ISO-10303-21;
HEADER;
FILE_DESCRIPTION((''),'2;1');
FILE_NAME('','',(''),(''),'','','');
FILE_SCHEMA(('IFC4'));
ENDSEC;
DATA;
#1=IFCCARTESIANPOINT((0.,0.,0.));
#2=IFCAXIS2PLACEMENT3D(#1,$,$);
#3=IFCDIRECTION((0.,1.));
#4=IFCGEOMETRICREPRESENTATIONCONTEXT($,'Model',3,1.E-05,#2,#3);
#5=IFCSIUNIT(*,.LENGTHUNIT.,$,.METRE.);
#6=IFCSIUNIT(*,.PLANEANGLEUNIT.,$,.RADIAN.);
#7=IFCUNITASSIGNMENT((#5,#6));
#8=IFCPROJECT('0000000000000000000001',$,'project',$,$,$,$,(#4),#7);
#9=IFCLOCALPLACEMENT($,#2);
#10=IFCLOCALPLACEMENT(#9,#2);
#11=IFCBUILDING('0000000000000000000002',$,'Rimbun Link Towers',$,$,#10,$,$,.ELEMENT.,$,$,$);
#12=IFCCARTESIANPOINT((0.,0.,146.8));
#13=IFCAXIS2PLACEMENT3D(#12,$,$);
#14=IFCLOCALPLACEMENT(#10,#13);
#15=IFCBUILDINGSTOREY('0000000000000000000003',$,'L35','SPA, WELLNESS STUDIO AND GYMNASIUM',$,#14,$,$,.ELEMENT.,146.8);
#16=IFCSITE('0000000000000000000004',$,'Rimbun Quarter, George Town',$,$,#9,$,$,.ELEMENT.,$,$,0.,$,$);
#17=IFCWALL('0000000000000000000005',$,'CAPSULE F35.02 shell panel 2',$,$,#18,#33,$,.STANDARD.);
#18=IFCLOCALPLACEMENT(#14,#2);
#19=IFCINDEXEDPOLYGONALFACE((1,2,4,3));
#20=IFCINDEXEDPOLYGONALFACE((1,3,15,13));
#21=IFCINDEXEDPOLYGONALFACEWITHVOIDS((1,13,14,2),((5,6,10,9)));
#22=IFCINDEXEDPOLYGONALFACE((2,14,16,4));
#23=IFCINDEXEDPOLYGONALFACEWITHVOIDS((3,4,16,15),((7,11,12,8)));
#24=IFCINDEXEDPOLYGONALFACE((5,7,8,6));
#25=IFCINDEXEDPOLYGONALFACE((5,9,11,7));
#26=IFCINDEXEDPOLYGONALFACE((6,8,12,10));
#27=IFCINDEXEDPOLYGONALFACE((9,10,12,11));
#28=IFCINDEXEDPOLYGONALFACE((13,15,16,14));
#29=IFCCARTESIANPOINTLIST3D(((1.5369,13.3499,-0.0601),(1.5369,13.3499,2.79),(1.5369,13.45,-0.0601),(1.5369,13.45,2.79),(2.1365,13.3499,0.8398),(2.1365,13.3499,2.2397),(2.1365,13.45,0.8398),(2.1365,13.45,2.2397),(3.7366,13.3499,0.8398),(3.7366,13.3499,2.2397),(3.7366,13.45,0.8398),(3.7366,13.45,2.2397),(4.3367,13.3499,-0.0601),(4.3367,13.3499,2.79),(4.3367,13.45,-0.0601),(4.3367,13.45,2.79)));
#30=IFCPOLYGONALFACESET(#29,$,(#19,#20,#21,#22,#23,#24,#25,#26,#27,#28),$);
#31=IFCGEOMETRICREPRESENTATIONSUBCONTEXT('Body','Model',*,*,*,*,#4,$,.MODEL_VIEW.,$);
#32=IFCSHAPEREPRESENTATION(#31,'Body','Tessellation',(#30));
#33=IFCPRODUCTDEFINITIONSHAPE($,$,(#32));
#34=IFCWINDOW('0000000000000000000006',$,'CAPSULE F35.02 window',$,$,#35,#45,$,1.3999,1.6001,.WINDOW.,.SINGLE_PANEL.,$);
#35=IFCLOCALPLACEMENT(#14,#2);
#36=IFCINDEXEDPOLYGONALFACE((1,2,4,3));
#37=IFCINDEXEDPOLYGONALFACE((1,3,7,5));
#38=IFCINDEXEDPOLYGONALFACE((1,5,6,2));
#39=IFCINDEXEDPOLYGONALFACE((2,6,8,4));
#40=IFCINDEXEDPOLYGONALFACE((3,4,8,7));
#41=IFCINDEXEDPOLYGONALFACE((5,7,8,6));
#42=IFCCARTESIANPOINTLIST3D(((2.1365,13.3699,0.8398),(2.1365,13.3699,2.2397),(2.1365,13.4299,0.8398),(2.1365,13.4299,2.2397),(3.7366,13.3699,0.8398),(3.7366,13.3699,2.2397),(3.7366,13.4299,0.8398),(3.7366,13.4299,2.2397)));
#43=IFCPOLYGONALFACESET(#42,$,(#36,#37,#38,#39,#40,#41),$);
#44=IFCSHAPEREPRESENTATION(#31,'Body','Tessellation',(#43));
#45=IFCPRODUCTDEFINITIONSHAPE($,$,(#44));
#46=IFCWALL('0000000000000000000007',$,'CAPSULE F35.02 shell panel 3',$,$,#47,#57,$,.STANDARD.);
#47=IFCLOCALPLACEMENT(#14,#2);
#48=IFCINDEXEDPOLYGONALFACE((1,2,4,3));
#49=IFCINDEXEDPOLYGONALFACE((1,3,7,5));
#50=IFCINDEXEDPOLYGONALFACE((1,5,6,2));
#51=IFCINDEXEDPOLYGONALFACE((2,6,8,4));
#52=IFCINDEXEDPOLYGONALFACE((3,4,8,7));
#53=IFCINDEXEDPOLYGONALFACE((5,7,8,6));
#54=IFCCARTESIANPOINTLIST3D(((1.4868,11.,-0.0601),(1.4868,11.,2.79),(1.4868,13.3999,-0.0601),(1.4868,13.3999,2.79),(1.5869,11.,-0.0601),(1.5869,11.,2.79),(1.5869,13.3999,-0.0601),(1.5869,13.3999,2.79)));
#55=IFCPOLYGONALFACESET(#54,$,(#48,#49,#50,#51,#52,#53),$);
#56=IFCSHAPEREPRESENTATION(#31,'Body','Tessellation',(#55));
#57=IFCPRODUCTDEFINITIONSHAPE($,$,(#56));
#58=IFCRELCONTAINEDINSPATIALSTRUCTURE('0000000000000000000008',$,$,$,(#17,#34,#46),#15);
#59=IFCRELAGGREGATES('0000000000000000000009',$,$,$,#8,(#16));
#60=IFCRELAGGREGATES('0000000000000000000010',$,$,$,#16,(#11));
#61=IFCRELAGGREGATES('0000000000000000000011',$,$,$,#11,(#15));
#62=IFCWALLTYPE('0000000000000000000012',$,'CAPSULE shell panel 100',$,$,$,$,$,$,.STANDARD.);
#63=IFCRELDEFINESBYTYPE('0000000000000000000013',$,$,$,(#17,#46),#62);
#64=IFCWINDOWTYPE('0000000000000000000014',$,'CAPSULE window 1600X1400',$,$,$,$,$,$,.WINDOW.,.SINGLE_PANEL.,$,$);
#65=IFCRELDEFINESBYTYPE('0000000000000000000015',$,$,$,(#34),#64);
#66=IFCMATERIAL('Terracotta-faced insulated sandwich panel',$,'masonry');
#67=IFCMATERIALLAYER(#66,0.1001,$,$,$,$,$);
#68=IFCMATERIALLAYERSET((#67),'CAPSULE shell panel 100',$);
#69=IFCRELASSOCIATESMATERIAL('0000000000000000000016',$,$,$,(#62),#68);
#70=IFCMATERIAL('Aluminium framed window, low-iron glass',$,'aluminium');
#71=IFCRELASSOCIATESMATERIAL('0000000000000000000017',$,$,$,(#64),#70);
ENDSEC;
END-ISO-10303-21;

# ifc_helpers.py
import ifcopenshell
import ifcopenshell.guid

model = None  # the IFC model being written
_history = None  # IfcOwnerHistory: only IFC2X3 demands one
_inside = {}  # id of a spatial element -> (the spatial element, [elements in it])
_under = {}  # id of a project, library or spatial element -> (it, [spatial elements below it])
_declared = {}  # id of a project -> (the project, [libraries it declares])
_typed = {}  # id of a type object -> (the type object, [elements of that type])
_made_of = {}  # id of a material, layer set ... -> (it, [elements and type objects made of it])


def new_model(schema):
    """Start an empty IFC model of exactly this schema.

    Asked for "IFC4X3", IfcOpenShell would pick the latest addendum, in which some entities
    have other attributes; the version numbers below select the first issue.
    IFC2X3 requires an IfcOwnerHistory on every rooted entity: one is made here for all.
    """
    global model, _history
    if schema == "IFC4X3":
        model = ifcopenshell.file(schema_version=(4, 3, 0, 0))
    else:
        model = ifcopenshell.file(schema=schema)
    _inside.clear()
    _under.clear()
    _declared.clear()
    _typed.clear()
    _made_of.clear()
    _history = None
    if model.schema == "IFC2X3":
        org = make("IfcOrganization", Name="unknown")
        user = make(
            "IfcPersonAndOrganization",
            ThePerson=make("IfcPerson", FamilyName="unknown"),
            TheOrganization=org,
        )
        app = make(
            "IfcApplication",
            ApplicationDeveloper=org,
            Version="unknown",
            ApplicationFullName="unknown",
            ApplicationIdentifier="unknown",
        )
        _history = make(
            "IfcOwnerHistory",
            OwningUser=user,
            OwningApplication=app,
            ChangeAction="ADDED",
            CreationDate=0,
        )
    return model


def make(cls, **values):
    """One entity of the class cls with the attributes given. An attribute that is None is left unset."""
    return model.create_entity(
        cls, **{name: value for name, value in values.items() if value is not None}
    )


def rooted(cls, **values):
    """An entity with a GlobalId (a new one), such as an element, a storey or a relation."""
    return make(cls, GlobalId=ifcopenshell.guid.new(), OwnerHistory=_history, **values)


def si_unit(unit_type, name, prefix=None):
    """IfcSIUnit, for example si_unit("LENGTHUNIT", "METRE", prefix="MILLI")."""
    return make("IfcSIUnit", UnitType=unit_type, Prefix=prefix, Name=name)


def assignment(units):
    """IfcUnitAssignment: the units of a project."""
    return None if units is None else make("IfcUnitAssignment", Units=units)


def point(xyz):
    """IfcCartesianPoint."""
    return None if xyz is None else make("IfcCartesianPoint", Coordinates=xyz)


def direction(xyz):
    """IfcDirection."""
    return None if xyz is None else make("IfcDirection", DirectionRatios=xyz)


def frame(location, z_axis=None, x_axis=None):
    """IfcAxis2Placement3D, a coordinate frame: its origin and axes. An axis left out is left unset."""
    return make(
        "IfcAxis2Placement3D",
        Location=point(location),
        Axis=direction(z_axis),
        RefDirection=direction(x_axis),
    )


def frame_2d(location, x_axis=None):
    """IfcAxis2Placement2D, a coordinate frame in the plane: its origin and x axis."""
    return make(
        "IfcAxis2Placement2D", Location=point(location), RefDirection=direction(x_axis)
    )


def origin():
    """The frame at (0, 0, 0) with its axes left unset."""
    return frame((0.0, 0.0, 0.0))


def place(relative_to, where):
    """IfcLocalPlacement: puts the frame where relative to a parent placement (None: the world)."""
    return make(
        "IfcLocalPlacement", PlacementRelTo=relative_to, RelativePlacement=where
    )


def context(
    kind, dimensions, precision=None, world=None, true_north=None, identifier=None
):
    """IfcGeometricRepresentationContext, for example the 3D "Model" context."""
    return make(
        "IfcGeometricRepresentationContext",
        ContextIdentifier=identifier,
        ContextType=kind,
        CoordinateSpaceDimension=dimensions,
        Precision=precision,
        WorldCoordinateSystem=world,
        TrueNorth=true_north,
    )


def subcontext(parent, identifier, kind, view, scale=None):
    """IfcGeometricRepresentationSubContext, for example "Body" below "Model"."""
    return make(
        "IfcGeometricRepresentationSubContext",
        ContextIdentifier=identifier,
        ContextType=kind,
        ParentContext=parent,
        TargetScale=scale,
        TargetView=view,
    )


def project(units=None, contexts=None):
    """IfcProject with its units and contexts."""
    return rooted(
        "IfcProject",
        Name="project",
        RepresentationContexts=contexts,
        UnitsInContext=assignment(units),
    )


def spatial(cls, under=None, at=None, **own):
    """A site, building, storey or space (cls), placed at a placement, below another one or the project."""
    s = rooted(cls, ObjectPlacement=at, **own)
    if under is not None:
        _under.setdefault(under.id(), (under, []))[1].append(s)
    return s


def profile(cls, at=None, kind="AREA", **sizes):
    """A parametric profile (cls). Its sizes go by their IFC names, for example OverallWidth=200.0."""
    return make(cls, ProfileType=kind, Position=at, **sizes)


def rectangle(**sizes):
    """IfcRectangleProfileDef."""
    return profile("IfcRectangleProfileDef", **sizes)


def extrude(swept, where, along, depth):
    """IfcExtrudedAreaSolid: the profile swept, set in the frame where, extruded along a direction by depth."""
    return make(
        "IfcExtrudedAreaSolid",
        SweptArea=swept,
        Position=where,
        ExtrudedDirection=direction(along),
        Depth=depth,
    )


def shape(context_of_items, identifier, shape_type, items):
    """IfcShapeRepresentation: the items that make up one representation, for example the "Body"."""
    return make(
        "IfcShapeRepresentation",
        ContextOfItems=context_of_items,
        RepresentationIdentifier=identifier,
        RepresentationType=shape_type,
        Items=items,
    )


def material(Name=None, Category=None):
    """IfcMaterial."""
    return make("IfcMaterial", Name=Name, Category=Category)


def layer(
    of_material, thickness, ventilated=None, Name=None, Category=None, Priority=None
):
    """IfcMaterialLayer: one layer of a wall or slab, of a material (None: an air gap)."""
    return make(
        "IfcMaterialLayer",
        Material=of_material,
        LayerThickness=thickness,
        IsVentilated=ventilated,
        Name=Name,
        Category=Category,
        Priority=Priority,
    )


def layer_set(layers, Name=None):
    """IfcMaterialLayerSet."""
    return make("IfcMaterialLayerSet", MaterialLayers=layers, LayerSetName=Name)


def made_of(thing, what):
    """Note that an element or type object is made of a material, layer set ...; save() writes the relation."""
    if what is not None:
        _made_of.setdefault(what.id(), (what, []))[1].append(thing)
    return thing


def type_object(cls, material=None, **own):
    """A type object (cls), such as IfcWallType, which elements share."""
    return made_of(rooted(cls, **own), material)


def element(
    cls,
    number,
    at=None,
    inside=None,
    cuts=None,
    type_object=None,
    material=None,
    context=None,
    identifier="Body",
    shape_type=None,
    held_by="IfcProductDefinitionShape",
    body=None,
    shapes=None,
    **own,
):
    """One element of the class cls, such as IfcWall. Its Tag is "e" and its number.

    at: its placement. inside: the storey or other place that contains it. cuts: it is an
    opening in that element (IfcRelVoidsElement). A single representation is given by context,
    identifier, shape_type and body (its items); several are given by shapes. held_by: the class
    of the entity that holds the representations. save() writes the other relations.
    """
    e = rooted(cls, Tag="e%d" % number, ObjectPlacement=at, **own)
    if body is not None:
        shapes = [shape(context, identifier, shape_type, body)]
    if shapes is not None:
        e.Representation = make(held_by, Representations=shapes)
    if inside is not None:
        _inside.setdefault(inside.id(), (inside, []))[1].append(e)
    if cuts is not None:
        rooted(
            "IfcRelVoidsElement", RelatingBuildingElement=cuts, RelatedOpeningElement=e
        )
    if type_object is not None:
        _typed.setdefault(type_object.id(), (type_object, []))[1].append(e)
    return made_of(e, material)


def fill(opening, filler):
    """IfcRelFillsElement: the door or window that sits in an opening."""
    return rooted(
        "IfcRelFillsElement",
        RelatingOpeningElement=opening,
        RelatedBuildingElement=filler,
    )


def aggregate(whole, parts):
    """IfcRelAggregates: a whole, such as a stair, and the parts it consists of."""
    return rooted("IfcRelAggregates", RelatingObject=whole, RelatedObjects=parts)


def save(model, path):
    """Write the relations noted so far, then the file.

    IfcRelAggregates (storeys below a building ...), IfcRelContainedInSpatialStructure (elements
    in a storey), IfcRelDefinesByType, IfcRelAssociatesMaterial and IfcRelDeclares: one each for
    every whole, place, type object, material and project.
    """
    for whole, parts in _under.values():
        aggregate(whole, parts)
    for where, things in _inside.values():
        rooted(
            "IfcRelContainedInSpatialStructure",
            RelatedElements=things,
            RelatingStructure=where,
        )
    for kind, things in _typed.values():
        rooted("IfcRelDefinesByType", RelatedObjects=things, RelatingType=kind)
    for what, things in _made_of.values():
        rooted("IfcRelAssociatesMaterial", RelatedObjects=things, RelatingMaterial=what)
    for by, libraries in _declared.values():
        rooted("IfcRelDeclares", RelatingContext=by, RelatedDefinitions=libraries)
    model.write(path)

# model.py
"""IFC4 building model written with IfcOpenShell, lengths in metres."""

from ifc_helpers import new_model, si_unit, direction, frame, frame_2d, origin, place, context, subcontext, project, spatial, rectangle, extrude, material, layer, layer_set, type_object, element, fill, save


model = new_model("IFC4")

# Units and contexts
model_context = context("Model", 3, precision=1e-05, world=origin(), true_north=direction((0.0, 1.0)))
body_context = subcontext(model_context, "Body", "Model", "MODEL_VIEW")
ifc_project = project(units=[si_unit("LENGTHUNIT", "METRE"), si_unit("PLANEANGLEUNIT", "RADIAN")], contexts=[model_context])

# Site, building, storey
site_placement = place(None, origin())
site = spatial("IfcSite", under=ifc_project, at=site_placement, Name="Rimbun Quarter, George Town", CompositionType="ELEMENT", RefElevation=0.0)
building_placement = place(site_placement, origin())
building = spatial("IfcBuilding", under=site, at=building_placement, Name="Rimbun Link Towers", CompositionType="ELEMENT")
storey_placement = place(building_placement, frame((0.0, 0.0, 146.8)))
storey = spatial("IfcBuildingStorey", under=building, at=storey_placement, Name="L35", Description="SPA, WELLNESS STUDIO AND GYMNASIUM", CompositionType="ELEMENT", Elevation=146.8)

# Wall, opening, window
ifc_material_1 = material(Name="Terracotta-faced insulated sandwich panel", Category="masonry")
ifc_layer_1 = layer(ifc_material_1, 0.1001)
ifc_layer_set_1 = layer_set([ifc_layer_1], Name="CAPSULE shell panel 100")
wall_type = type_object("IfcWallType", Name="CAPSULE shell panel 100", PredefinedType="STANDARD", material=ifc_layer_set_1)
ifc_material_2 = material(Name="Aluminium framed window, low-iron glass", Category="aluminium")
window_type = type_object("IfcWindowType", Name="CAPSULE window 1600X1400", PartitioningType="SINGLE_PANEL", PredefinedType="WINDOW", material=ifc_material_2)
wall_1_placement = place(storey_placement, frame((4.3367, 13.3999, -0.0601), z_axis=(0.0, 0.0, 1.0), x_axis=(-1.0, 0.0, 0.0)))
wall_1 = element("IfcWall", 1, at=wall_1_placement, inside=storey, type_object=wall_type, Name="CAPSULE F35.02 shell panel 2", PredefinedType="STANDARD", context=body_context, shape_type="SweptSolid", body=[
    extrude(rectangle(XDim=2.7998, YDim=0.1001, at=frame_2d((1.3999, 0.0))), origin(), (0.0, 0.0, 1.0), 2.8501),
])
opening_1_placement = place(wall_1_placement, frame((0.6001, 0.0, 0.8999)))
opening_1 = element("IfcOpeningElement", 2, at=opening_1_placement, cuts=wall_1, PredefinedType="OPENING", context=body_context, shape_type="SweptSolid", body=[
    extrude(rectangle(XDim=1.6001, YDim=1.3999, at=frame_2d((0.8, 0.7))), frame((0.0, 0.0601, 0.0), z_axis=(0.0, -1.0, 0.0), x_axis=(1.0, 0.0, 0.0)), (0.0, 0.0, 1.0), 0.1201),
])
window_1_placement = place(opening_1_placement, origin())
window_1 = element("IfcWindow", 3, at=window_1_placement, inside=storey, type_object=window_type, Name="CAPSULE F35.02 window", OverallHeight=1.3999, OverallWidth=1.6001, PartitioningType="SINGLE_PANEL", PredefinedType="WINDOW", context=body_context, shape_type="SweptSolid", body=[
    extrude(rectangle(XDim=1.6001, YDim=1.3999, at=frame_2d((0.8, 0.7))), frame((0.0, 0.03, 0.0), z_axis=(0.0, -1.0, 0.0), x_axis=(1.0, 0.0, 0.0)), (0.0, 0.0, 1.0), 0.0601),
])
fill(opening_1, window_1)

# Wall
wall_2_placement = place(storey_placement, frame((1.5369, 13.3999, -0.0601), z_axis=(0.0, 0.0, 1.0), x_axis=(0.0, -1.0, 0.0)))
element("IfcWall", 4, at=wall_2_placement, inside=storey, type_object=wall_type, Name="CAPSULE F35.02 shell panel 3", PredefinedType="STANDARD", context=body_context, shape_type="SweptSolid", body=[
    extrude(rectangle(XDim=2.3999, YDim=0.1001, at=frame_2d((1.2, 0.0))), origin(), (0.0, 0.0, 1.0), 2.8501),
])

save(model, "model.ifc")
